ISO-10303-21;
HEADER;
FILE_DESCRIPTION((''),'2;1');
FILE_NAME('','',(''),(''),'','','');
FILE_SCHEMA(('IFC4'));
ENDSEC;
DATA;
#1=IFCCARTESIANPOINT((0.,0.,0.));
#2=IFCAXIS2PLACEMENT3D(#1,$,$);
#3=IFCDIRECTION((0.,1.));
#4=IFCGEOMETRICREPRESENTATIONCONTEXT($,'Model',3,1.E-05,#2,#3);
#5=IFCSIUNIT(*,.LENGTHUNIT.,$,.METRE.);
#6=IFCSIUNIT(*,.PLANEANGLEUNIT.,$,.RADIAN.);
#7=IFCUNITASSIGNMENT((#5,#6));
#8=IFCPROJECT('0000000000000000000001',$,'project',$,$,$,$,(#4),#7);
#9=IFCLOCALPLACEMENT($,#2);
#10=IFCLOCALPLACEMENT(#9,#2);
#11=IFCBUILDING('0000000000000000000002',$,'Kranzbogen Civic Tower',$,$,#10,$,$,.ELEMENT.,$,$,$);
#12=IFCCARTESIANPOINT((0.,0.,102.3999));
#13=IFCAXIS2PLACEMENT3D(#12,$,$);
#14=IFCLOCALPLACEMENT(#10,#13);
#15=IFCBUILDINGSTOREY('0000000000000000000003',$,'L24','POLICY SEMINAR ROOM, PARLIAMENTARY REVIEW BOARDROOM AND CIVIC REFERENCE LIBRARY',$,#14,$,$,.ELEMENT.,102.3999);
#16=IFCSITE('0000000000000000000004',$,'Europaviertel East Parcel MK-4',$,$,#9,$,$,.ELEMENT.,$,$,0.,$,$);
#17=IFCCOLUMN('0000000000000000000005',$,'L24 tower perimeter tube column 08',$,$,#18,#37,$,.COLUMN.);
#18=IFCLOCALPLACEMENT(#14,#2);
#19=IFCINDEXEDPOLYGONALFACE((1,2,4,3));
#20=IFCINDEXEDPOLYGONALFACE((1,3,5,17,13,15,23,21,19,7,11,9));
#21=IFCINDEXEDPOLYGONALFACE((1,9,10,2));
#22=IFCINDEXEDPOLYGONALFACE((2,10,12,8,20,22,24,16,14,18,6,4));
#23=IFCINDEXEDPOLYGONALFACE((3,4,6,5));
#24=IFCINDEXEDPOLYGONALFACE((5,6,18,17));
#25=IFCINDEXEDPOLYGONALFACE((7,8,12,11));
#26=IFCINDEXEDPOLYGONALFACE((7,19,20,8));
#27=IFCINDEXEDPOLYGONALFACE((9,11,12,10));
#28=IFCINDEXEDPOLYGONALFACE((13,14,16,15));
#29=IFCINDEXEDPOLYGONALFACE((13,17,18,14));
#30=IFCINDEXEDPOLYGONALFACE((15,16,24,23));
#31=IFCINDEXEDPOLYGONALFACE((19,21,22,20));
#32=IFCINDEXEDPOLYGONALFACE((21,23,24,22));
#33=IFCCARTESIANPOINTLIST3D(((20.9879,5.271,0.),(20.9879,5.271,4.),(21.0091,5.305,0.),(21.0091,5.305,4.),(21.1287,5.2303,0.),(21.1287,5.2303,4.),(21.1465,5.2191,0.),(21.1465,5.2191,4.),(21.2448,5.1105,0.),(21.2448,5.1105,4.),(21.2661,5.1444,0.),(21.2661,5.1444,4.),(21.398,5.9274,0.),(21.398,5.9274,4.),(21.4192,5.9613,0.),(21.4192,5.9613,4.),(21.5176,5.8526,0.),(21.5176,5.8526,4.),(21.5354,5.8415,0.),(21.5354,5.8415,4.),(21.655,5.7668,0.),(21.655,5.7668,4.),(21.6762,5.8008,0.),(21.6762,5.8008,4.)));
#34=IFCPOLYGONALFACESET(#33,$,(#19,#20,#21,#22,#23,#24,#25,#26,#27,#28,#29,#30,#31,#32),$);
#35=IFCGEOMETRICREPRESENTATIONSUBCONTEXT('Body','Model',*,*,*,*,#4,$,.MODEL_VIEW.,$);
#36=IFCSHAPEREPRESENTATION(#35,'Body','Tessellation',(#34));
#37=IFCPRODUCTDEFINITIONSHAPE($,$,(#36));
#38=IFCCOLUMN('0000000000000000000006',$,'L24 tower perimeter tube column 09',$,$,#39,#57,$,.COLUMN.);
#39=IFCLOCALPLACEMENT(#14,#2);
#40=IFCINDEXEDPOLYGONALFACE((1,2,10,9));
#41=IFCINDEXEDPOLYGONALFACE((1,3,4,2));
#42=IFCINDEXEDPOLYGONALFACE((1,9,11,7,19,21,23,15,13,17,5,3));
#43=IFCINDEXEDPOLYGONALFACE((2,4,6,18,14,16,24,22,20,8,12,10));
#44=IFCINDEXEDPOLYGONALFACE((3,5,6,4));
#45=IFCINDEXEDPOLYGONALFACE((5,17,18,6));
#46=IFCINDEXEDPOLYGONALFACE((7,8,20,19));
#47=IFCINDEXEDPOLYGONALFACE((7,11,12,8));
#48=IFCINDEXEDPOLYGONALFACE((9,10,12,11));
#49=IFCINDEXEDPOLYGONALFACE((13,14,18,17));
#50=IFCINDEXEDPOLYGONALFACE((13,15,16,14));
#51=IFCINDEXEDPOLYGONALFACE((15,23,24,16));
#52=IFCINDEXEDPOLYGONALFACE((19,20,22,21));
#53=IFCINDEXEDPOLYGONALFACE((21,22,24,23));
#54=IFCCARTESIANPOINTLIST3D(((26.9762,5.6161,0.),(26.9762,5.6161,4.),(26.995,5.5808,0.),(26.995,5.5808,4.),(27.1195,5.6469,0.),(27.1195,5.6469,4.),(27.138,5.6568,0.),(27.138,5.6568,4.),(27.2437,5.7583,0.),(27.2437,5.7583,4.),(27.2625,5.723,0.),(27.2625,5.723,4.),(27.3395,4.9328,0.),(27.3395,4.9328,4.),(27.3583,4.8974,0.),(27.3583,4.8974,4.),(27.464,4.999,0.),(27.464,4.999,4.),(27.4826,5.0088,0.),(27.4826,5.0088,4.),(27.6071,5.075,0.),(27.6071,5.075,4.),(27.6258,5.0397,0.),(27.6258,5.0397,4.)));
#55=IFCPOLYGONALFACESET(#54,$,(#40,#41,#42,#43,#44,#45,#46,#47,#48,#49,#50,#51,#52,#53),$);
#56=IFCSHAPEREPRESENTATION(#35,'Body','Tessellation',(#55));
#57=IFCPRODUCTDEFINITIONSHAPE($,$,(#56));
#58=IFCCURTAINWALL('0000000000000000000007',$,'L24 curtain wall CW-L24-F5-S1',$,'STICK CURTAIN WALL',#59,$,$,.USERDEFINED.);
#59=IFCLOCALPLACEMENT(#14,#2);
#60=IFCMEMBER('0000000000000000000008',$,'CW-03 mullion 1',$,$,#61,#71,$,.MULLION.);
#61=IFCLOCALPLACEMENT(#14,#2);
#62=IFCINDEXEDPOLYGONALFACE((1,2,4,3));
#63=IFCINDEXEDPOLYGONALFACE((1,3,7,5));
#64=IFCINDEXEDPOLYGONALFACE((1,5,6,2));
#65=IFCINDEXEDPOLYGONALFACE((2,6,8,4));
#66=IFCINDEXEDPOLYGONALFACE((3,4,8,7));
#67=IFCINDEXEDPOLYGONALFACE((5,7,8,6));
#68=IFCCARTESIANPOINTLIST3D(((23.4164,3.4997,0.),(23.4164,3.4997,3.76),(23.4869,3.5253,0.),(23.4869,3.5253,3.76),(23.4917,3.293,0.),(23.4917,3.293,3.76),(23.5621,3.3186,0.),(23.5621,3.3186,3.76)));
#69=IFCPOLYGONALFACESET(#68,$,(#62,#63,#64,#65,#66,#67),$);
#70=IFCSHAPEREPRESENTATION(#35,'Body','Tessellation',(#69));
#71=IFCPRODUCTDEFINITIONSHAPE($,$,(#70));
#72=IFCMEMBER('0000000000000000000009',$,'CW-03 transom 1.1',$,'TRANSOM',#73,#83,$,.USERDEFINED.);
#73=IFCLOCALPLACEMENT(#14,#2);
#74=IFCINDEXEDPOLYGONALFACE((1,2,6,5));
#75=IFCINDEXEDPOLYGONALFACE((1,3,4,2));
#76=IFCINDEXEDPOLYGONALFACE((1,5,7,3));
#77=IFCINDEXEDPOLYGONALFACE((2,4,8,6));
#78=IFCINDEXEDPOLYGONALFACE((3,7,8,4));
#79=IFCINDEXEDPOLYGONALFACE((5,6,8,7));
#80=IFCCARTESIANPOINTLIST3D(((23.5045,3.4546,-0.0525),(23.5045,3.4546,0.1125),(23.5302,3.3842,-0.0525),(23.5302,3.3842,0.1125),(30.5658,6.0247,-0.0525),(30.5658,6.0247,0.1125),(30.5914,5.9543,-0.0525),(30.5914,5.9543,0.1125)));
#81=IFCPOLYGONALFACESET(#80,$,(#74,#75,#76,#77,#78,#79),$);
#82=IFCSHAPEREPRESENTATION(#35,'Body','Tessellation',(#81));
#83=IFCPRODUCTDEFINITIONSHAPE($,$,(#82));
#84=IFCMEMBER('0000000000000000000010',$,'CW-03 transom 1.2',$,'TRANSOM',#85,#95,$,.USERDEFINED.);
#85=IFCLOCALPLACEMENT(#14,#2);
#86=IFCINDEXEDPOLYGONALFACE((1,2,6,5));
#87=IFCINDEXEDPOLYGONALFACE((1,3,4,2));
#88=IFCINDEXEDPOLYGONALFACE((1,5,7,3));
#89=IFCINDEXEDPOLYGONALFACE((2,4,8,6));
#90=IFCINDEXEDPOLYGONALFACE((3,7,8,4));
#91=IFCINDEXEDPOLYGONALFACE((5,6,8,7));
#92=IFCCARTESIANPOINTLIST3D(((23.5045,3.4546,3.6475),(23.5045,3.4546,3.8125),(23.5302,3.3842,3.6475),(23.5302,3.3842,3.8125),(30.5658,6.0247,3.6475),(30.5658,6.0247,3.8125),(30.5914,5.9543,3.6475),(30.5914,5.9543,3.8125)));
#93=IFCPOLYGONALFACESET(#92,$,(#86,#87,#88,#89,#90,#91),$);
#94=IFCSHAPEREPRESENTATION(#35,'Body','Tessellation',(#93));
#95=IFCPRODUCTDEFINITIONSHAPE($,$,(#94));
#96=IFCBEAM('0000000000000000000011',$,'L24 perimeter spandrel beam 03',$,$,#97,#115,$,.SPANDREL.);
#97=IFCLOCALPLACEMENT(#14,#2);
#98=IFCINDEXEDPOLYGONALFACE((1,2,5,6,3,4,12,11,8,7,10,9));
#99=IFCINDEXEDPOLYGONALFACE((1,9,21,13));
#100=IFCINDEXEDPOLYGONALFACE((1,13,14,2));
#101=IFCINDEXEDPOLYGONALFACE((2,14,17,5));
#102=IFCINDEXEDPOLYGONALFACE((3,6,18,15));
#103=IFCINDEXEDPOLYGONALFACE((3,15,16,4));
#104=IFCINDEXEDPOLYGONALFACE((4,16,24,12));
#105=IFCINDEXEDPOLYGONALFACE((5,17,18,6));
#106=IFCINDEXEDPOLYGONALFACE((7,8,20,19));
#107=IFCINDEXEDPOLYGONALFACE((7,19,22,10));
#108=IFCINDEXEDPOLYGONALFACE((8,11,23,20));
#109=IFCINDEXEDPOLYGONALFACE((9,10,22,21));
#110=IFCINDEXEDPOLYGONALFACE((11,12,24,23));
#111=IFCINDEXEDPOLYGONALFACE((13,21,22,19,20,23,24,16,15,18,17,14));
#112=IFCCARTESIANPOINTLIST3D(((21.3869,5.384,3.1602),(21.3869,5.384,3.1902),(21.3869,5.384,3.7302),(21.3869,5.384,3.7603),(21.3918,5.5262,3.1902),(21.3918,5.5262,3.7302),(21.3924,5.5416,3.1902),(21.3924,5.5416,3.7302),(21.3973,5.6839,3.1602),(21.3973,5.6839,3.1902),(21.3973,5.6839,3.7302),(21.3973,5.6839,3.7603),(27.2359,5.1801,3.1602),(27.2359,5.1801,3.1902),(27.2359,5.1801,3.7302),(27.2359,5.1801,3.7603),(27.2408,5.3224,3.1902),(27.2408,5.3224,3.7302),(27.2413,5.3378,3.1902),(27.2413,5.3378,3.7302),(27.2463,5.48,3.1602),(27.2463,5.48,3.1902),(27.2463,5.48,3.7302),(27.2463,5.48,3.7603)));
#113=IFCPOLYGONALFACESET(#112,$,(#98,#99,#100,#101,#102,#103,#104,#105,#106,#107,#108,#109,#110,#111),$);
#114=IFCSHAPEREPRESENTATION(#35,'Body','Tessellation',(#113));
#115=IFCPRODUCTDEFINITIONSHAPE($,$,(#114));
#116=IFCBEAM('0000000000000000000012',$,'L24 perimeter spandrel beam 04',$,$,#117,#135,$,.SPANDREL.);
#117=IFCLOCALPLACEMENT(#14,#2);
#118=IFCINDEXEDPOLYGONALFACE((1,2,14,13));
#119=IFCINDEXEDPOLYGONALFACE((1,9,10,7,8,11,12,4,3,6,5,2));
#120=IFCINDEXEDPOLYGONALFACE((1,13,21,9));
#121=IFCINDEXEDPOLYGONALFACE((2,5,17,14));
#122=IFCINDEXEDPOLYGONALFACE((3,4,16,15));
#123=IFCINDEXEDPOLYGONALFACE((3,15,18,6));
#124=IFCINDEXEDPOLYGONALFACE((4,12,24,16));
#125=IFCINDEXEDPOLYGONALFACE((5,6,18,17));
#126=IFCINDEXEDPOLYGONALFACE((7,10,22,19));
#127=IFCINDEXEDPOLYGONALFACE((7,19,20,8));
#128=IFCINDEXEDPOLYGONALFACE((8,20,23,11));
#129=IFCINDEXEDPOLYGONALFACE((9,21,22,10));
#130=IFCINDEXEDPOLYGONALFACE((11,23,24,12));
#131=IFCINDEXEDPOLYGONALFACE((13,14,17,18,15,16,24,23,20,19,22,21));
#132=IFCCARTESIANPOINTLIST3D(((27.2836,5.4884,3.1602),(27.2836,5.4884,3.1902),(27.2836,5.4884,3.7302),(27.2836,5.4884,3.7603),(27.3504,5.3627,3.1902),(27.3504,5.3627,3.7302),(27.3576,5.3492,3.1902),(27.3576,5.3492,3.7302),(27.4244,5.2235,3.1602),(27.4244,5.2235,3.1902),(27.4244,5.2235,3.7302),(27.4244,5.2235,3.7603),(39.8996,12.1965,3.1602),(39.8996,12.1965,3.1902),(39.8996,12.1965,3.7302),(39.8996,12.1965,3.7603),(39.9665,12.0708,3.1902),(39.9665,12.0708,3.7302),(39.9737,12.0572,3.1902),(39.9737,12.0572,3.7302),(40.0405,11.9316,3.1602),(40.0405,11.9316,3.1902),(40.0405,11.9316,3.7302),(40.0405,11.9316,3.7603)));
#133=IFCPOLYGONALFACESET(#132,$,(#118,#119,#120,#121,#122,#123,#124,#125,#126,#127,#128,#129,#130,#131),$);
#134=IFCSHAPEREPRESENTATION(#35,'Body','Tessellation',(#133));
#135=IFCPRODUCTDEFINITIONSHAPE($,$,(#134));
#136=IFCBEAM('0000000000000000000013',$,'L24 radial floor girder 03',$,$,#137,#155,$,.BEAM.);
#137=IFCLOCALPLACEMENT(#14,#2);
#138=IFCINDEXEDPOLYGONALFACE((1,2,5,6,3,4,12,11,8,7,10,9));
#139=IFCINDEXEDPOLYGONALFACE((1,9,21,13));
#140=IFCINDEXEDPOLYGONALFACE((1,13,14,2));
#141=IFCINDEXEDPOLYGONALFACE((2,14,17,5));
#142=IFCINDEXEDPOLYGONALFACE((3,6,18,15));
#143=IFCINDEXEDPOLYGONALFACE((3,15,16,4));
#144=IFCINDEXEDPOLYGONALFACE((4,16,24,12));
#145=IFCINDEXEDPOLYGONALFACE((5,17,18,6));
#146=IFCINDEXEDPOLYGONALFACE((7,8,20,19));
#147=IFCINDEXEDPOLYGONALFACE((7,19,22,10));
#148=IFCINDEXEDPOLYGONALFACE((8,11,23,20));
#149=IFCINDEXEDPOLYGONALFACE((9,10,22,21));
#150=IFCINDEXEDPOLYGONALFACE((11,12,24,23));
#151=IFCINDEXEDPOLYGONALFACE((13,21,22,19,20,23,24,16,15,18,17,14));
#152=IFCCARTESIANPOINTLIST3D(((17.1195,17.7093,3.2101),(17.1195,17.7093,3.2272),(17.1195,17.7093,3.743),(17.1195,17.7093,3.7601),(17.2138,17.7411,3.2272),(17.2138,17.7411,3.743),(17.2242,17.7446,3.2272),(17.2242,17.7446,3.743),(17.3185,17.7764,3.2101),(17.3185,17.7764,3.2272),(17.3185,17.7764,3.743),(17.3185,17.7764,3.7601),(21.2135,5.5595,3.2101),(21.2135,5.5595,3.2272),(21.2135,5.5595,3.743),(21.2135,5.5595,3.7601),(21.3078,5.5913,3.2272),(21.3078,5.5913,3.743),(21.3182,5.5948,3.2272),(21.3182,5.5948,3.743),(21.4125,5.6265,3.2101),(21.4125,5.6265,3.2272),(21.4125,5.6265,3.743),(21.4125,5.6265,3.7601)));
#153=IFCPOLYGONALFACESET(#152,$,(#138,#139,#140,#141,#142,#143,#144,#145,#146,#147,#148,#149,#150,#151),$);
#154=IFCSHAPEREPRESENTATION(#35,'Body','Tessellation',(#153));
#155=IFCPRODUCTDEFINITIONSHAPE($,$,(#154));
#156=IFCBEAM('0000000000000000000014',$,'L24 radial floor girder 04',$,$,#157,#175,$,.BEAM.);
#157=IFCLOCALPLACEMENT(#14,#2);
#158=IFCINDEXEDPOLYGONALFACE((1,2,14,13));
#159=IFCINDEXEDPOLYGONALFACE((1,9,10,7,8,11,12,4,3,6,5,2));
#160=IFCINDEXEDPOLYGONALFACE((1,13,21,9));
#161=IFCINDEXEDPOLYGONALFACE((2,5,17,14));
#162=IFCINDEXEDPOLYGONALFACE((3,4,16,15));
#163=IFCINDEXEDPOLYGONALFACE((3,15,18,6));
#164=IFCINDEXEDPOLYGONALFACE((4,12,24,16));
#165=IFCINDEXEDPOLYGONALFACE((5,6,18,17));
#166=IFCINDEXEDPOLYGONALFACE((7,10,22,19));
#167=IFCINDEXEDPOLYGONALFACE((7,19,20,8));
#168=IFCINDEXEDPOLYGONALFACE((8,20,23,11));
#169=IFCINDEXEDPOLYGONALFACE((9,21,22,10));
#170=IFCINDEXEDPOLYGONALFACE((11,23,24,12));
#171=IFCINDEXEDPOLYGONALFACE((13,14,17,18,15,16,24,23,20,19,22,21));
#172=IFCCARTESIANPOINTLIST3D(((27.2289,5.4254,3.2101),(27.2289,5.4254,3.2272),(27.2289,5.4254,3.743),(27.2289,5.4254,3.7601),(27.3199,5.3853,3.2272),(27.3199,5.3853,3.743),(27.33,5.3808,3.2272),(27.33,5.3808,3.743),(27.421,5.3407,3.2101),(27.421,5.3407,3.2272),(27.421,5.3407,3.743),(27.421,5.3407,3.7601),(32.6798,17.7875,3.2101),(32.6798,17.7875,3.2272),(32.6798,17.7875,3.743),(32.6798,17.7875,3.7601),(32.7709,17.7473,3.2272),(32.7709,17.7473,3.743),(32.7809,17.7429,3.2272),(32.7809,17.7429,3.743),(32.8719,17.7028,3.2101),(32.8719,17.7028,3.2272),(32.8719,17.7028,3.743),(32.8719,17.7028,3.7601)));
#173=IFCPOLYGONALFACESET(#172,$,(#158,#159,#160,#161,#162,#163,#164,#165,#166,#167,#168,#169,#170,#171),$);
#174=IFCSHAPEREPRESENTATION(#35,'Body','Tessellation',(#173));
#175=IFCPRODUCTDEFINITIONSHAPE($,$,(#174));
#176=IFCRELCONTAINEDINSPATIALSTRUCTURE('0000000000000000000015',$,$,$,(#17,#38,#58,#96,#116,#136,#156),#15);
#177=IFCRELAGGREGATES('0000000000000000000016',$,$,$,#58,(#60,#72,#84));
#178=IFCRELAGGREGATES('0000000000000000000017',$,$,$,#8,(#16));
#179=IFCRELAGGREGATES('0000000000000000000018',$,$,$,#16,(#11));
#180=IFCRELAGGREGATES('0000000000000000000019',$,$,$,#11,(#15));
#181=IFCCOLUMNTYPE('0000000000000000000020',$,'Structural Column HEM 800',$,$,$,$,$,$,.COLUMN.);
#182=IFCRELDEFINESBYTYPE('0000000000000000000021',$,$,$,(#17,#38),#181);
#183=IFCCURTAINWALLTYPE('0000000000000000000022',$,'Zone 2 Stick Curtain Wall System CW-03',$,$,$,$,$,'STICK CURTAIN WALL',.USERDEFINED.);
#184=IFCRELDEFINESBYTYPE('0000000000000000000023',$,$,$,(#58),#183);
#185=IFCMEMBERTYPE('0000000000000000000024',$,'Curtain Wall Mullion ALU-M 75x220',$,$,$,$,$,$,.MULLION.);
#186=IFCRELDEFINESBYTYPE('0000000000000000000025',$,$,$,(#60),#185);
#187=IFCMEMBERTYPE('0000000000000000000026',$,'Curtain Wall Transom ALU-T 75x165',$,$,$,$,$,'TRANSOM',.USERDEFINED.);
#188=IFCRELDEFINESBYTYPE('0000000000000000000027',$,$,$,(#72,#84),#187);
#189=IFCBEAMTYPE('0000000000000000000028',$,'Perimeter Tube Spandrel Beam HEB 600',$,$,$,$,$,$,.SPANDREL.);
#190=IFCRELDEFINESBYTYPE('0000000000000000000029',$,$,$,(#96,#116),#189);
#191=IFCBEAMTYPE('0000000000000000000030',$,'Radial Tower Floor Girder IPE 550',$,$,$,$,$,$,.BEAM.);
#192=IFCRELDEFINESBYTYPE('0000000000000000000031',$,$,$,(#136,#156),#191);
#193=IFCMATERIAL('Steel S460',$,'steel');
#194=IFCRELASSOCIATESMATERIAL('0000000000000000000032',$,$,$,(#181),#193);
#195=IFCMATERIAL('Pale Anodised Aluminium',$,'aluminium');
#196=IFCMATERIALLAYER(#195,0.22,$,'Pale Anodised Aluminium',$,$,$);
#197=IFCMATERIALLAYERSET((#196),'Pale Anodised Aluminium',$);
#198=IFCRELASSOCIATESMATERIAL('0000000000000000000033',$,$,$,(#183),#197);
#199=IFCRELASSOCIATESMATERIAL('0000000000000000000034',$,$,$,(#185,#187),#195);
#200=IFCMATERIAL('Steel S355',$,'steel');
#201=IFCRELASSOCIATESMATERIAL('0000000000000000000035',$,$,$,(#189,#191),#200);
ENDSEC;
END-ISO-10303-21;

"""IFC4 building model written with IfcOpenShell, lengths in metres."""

from ifc_helpers import new_model, si_unit, direction, frame, origin, origin_2d, place, context, subcontext, project, spatial, rectangle, i_section, extrude, material, layer, layer_set, material_profile, profile_set, type_object, element, aggregate, save


model = new_model("IFC4")

# Units and contexts
model_context = context("Model", 3, precision=1e-05, world=origin(), true_north=direction((0.0, 1.0)))
body_context = subcontext(model_context, "Body", "Model", "MODEL_VIEW")
ifc_project = project(units=[si_unit("LENGTHUNIT", "METRE"), si_unit("PLANEANGLEUNIT", "RADIAN")], contexts=[model_context])

# Site, building, storey
site_placement = place(None, origin())
site = spatial("IfcSite", under=ifc_project, at=site_placement, Name="Europaviertel East Parcel MK-4", CompositionType="ELEMENT", RefElevation=0.0)
building_placement = place(site_placement, origin())
building = spatial("IfcBuilding", under=site, at=building_placement, Name="Kranzbogen Civic Tower", CompositionType="ELEMENT")
storey_placement = place(building_placement, frame((0.0, 0.0, 102.3999)))
storey = spatial("IfcBuildingStorey", under=building, at=storey_placement, Name="L24", Description="POLICY SEMINAR ROOM, PARLIAMENTARY REVIEW BOARDROOM AND CIVIC REFERENCE LIBRARY", CompositionType="ELEMENT", Elevation=102.3999)

# Columns
ifc_material_1 = material(Name="Steel S460", Category="steel")
ifc_material_profile_1 = material_profile(ifc_material_1, i_section(OverallWidth=0.303, OverallDepth=0.814, WebThickness=0.021, FlangeThickness=0.04, at=origin_2d()), Name="HEM 800")
ifc_profile_set_1 = profile_set([ifc_material_profile_1], Name="Steel S460")
column_type = type_object("IfcColumnType", Name="Structural Column HEM 800", PredefinedType="COLUMN", material=ifc_profile_set_1)
for number, where, z_axis, x_axis, name in (
    (1, (21.332, 5.5359, 0.0), (0.0, 0.0, 1.0), (-0.848048, 0.529919, 0.0), "L24 tower perimeter tube column 08"),
    (2, (27.301, 5.3279, 0.0), (0.0, 0.0, 1.0), (0.882948, 0.469472, 0.0), "L24 tower perimeter tube column 09"),
):
    element("IfcColumn", number, at=place(storey_placement, frame(where, z_axis=z_axis, x_axis=x_axis)), inside=storey, type_object=column_type, Name=name, PredefinedType="COLUMN", context=body_context, shape_type="SweptSolid", body=[
        extrude(i_section(OverallWidth=0.303, OverallDepth=0.814, WebThickness=0.021, FlangeThickness=0.04, at=origin_2d()), origin(), (0.0, 0.0, 1.0), 4.0),
    ])

# Curtain wall, members
ifc_material_2 = material(Name="Pale Anodised Aluminium", Category="aluminium")
ifc_layer_1 = layer(ifc_material_2, 0.22, Name="Pale Anodised Aluminium")
ifc_layer_set_1 = layer_set([ifc_layer_1], Name="Pale Anodised Aluminium")
curtain_wall_type = type_object("IfcCurtainWallType", Name="Zone 2 Stick Curtain Wall System CW-03", ElementType="STICK CURTAIN WALL", PredefinedType="USERDEFINED", material=ifc_layer_set_1)
curtain_wall_placement = place(storey_placement, origin())
curtain_wall = element("IfcCurtainWall", 3, at=curtain_wall_placement, inside=storey, type_object=curtain_wall_type, Name="L24 curtain wall CW-L24-F5-S1", ObjectType="STICK CURTAIN WALL", PredefinedType="USERDEFINED")
ifc_material_profile_2 = material_profile(ifc_material_2, rectangle(XDim=0.075, YDim=0.22, at=origin_2d()), Name="ALU-M 75x220")
ifc_profile_set_2 = profile_set([ifc_material_profile_2], Name="Pale Anodised Aluminium")
member_type_1 = type_object("IfcMemberType", Name="Curtain Wall Mullion ALU-M 75x220", PredefinedType="MULLION", material=ifc_profile_set_2)
member_1_placement = place(storey_placement, frame((23.4893, 3.4092, 0.0), z_axis=(0.0, 0.0, 1.0), x_axis=(0.939698, 0.342006, 0.0)))
member_1 = element("IfcMember", 4, at=member_1_placement, type_object=member_type_1, Name="CW-03 mullion 1", PredefinedType="MULLION", context=body_context, shape_type="SweptSolid", body=[
    extrude(rectangle(XDim=0.075, YDim=0.22, at=origin_2d()), origin(), (0.0, 0.0, 1.0), 3.76),
])
ifc_material_profile_3 = material_profile(ifc_material_2, rectangle(XDim=0.075, YDim=0.165, at=origin_2d()), Name="ALU-T 75x165")
ifc_profile_set_3 = profile_set([ifc_material_profile_3], Name="Pale Anodised Aluminium")
member_type_2 = type_object("IfcMemberType", Name="Curtain Wall Transom ALU-T 75x165", ElementType="TRANSOM", PredefinedType="USERDEFINED", material=ifc_profile_set_3)
member_2_placement = place(storey_placement, frame((23.5173, 3.4194, 0.03), z_axis=(0.939694, 0.342017, 0.0), x_axis=(-0.342017, 0.939694, 0.0)))
member_2 = element("IfcMember", 5, at=member_2_placement, type_object=member_type_2, Name="CW-03 transom 1.1", ObjectType="TRANSOM", PredefinedType="USERDEFINED", context=body_context, shape_type="SweptSolid", body=[
    extrude(rectangle(XDim=0.075, YDim=0.165, at=origin_2d()), origin(), (0.0, 0.0, 1.0), 7.5144),
])
member_3_placement = place(storey_placement, frame((23.5173, 3.4194, 3.73), z_axis=(0.939694, 0.342017, 0.0), x_axis=(-0.342017, 0.939694, 0.0)))
member_3 = element("IfcMember", 6, at=member_3_placement, type_object=member_type_2, Name="CW-03 transom 1.2", ObjectType="TRANSOM", PredefinedType="USERDEFINED", context=body_context, shape_type="SweptSolid", body=[
    extrude(rectangle(XDim=0.075, YDim=0.165, at=origin_2d()), origin(), (0.0, 0.0, 1.0), 7.5144),
])

# Beams
ifc_material_3 = material(Name="Steel S355", Category="steel")
ifc_material_profile_4 = material_profile(ifc_material_3, i_section(OverallWidth=0.3, OverallDepth=0.6001, WebThickness=0.0154, FlangeThickness=0.03, at=origin_2d()), Name="HEB 600")
ifc_profile_set_4 = profile_set([ifc_material_profile_4], Name="Steel S355")
beam_type_1 = type_object("IfcBeamType", Name="Perimeter Tube Spandrel Beam HEB 600", PredefinedType="SPANDREL", material=ifc_profile_set_4)
beam_1_placement = place(storey_placement, frame((21.3921, 5.5339, 3.4602), z_axis=(0.999393, -0.034833, 0.0), x_axis=(0.034833, 0.999393, 0.0)))
element("IfcBeam", 7, at=beam_1_placement, inside=storey, type_object=beam_type_1, Name="L24 perimeter spandrel beam 03", PredefinedType="SPANDREL", context=body_context, shape_type="SweptSolid", body=[
    extrude(i_section(OverallWidth=0.3, OverallDepth=0.6001, WebThickness=0.0154, FlangeThickness=0.03, at=origin_2d()), origin(), (0.0, 0.0, 1.0), 5.8525),
])
beam_2_placement = place(storey_placement, frame((27.354, 5.356, 3.4602), z_axis=(0.882948, 0.46947, 0.0), x_axis=(-0.46947, 0.882948, 0.0)))
element("IfcBeam", 8, at=beam_2_placement, inside=storey, type_object=beam_type_1, Name="L24 perimeter spandrel beam 04", PredefinedType="SPANDREL", context=body_context, shape_type="SweptSolid", body=[
    extrude(i_section(OverallWidth=0.3, OverallDepth=0.6001, WebThickness=0.0154, FlangeThickness=0.03, at=origin_2d()), origin(), (0.0, 0.0, 1.0), 14.2886),
])
ifc_material_profile_5 = material_profile(ifc_material_3, i_section(OverallWidth=0.21, OverallDepth=0.55, WebThickness=0.011, FlangeThickness=0.0171, at=origin_2d()), Name="IPE 550")
ifc_profile_set_5 = profile_set([ifc_material_profile_5], Name="Steel S355")
beam_type_2 = type_object("IfcBeamType", Name="Radial Tower Floor Girder IPE 550", PredefinedType="BEAM", material=ifc_profile_set_5)
beam_3_placement = place(storey_placement, frame((21.313, 5.593, 3.4851), z_axis=(-0.319317, 0.947648, 0.0), x_axis=(-0.947648, -0.319317, 0.0)))
element("IfcBeam", 9, at=beam_3_placement, inside=storey, type_object=beam_type_2, Name="L24 radial floor girder 03", PredefinedType="BEAM", context=body_context, shape_type="SweptSolid", body=[
    extrude(i_section(OverallWidth=0.21, OverallDepth=0.55, WebThickness=0.011, FlangeThickness=0.0171, at=origin_2d()), origin(), (0.0, 0.0, 1.0), 12.821),
])
beam_4_placement = place(storey_placement, frame((27.325, 5.3831, 3.4851), z_axis=(0.403459, 0.914998, 0.0), x_axis=(-0.914998, 0.403459, 0.0)))
element("IfcBeam", 10, at=beam_4_placement, inside=storey, type_object=beam_type_2, Name="L24 radial floor girder 04", PredefinedType="BEAM", context=body_context, shape_type="SweptSolid", body=[
    extrude(i_section(OverallWidth=0.21, OverallDepth=0.55, WebThickness=0.011, FlangeThickness=0.0171, at=origin_2d()), origin(), (0.0, 0.0, 1.0), 13.5105),
])

aggregate(curtain_wall, [member_1, member_2, member_3])

save(model, "model.ifc")
